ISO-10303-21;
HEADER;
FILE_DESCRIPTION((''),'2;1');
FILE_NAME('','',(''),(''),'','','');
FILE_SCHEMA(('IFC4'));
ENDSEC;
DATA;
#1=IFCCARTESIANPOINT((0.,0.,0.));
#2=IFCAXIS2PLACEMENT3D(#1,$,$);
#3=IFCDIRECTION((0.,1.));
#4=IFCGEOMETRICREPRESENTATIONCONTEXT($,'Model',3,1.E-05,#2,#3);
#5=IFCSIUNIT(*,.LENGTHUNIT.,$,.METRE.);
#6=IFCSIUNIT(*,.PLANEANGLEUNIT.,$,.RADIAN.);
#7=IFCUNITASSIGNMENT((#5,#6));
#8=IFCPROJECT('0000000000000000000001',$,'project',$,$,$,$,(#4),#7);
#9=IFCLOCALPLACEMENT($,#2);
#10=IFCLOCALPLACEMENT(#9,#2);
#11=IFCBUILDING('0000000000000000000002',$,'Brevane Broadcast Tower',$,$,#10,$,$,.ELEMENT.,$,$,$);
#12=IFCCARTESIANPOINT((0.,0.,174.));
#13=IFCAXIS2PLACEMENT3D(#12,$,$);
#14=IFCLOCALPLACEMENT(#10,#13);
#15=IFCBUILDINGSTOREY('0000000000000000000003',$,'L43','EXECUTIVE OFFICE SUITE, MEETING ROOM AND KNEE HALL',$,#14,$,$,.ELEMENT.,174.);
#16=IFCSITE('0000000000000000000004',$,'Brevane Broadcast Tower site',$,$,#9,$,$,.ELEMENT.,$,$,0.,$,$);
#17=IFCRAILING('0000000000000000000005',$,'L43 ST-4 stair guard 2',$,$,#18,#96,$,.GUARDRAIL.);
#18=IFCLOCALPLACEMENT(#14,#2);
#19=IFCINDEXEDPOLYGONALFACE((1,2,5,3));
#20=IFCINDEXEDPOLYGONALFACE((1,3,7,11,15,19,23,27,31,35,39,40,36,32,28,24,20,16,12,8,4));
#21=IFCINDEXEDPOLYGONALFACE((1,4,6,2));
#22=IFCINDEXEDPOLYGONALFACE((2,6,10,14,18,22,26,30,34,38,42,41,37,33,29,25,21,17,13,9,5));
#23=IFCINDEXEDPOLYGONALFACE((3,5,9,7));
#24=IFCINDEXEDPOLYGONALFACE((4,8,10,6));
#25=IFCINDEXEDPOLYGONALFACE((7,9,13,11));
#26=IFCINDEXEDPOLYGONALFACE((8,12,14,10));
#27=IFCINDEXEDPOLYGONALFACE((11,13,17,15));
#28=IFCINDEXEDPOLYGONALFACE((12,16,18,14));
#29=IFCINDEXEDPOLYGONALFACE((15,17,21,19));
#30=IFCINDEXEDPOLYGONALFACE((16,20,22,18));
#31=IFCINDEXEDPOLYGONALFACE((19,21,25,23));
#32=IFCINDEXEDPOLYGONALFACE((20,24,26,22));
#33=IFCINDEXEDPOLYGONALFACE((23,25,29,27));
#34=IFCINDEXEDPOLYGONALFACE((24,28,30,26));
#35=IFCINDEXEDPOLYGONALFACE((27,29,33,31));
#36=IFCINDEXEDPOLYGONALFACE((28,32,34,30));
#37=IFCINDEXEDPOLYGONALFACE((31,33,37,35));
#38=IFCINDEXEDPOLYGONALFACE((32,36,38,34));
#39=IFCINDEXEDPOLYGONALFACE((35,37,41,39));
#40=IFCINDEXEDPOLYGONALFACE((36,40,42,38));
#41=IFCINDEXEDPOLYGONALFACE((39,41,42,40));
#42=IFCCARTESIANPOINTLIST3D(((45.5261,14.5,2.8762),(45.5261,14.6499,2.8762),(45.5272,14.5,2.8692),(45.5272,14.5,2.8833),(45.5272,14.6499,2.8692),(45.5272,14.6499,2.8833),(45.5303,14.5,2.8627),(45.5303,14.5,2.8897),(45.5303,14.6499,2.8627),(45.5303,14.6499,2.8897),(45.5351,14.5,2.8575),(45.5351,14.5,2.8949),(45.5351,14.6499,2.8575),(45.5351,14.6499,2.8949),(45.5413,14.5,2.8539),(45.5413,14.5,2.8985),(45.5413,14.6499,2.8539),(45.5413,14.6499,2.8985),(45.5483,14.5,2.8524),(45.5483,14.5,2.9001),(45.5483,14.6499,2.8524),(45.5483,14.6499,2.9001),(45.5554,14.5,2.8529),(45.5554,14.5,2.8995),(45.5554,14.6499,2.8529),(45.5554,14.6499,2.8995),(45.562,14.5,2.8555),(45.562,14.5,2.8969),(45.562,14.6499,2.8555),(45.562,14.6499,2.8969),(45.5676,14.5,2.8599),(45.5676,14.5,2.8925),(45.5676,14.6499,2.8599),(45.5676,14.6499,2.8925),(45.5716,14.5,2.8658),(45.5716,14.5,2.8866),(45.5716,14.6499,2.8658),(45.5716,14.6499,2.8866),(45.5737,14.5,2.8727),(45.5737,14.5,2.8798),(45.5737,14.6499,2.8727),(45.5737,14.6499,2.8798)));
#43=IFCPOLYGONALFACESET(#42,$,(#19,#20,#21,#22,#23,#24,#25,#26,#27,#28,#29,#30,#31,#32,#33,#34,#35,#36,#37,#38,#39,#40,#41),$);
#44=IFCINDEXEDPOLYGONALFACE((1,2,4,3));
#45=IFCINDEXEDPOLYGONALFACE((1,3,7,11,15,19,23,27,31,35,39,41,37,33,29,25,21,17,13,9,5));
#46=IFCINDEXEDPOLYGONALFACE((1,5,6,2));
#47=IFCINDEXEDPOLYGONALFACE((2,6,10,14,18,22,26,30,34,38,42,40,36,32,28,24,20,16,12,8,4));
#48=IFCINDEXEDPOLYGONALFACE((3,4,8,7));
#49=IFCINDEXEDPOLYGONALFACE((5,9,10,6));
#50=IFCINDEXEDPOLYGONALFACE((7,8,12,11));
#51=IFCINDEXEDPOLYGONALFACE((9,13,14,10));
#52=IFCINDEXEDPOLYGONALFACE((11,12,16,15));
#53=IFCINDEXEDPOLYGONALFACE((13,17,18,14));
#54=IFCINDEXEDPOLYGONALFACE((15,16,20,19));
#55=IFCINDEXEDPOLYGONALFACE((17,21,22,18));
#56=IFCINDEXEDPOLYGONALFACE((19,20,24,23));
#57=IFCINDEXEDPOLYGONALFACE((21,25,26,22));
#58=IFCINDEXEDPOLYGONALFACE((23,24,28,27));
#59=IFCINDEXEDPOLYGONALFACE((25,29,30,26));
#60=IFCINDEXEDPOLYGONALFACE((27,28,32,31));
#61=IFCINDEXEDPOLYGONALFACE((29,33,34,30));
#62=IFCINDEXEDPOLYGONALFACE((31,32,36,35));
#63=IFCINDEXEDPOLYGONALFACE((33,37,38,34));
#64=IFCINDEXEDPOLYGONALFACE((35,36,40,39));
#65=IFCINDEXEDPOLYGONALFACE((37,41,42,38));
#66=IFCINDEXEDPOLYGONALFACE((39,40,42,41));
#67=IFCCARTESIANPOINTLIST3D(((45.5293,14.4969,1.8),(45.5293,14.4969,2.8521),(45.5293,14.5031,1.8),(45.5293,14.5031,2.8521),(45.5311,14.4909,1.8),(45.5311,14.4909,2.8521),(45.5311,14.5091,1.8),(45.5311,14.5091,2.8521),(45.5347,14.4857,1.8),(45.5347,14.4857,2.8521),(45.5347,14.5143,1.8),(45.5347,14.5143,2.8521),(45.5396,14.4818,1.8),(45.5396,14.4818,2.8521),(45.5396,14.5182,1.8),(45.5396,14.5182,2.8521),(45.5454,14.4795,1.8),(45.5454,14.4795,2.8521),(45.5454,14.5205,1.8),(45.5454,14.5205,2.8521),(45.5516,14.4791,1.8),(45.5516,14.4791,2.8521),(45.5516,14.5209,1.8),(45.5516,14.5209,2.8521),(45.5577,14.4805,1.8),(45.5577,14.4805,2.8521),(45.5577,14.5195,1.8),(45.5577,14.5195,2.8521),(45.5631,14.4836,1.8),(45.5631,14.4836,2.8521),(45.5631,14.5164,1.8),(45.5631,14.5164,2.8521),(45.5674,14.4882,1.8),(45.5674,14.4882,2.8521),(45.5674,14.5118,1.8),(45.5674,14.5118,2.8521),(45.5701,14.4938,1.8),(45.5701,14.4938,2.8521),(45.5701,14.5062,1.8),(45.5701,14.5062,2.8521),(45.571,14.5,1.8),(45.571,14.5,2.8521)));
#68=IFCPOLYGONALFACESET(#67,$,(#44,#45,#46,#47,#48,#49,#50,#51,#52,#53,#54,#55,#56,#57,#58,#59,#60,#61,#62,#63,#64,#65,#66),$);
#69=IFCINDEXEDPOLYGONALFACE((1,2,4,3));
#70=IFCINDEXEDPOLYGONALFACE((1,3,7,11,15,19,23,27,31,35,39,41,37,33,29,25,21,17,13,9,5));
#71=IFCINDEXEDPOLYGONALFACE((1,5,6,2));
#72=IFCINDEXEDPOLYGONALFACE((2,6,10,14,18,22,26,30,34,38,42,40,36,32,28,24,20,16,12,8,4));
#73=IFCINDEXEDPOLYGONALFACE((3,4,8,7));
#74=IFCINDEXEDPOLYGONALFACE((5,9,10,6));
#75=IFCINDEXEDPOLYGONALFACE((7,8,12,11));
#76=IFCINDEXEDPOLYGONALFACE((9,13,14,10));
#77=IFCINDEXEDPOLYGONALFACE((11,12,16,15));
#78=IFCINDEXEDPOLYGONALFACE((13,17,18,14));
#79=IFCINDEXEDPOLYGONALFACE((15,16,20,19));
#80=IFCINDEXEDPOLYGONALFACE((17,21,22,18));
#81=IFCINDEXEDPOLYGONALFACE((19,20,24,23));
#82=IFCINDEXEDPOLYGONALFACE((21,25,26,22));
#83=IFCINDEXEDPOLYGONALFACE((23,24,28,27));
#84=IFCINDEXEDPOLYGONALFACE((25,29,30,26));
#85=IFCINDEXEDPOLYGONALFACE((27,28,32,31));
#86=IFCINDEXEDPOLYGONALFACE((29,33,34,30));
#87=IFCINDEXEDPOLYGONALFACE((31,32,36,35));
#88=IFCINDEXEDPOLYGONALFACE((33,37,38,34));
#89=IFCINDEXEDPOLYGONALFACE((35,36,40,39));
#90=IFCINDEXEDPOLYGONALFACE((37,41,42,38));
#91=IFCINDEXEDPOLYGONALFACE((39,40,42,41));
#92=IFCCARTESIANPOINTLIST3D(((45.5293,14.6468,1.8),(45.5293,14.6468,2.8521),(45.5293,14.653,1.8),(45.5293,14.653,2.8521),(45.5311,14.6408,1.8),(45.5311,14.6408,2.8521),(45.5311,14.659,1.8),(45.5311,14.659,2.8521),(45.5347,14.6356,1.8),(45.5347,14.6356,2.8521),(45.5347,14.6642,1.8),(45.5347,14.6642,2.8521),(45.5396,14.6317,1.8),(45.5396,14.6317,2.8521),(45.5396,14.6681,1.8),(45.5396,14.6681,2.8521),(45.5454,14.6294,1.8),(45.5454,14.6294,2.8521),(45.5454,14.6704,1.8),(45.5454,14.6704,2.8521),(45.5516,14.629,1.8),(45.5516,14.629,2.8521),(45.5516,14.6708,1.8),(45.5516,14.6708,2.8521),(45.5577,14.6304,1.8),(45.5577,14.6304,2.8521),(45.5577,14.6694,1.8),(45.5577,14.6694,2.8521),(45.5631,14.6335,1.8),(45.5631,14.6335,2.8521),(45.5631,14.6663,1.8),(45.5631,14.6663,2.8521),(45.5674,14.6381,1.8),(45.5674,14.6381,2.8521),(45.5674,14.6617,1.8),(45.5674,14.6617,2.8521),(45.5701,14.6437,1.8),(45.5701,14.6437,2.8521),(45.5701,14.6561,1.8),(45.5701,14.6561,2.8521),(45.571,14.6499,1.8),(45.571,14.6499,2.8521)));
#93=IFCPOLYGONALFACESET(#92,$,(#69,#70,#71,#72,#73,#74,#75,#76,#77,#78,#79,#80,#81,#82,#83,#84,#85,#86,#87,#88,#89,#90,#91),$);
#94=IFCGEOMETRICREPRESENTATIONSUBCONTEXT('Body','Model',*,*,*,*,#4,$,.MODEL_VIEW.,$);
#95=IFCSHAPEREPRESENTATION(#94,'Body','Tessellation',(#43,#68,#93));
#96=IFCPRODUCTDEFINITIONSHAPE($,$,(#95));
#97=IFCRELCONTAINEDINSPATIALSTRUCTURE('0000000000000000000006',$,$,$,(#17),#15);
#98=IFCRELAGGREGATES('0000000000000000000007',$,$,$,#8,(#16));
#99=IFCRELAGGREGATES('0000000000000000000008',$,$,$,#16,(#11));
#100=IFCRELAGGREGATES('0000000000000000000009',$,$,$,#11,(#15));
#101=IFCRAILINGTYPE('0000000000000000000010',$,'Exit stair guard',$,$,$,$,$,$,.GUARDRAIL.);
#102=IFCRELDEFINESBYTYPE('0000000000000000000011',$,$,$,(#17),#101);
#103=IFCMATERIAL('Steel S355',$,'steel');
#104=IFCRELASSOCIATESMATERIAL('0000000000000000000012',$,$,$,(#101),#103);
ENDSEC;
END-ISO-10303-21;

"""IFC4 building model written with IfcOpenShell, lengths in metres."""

from ifc_helpers import new_model, si_unit, direction, frame, origin, origin_2d, place, context, subcontext, project, spatial, circle, extrude, material, type_object, element, save


model = new_model("IFC4")

# Units and contexts
model_context = context("Model", 3, precision=1e-05, world=origin(), true_north=direction((0.0, 1.0)))
body_context = subcontext(model_context, "Body", "Model", "MODEL_VIEW")
ifc_project = project(units=[si_unit("LENGTHUNIT", "METRE"), si_unit("PLANEANGLEUNIT", "RADIAN")], contexts=[model_context])

# Site, building, storey
site_placement = place(None, origin())
site = spatial("IfcSite", under=ifc_project, at=site_placement, Name="Brevane Broadcast Tower site", CompositionType="ELEMENT", RefElevation=0.0)
building_placement = place(site_placement, origin())
building = spatial("IfcBuilding", under=site, at=building_placement, Name="Brevane Broadcast Tower", CompositionType="ELEMENT")
storey_placement = place(building_placement, frame((0.0, 0.0, 174.0)))
storey = spatial("IfcBuildingStorey", under=building, at=storey_placement, Name="L43", Description="EXECUTIVE OFFICE SUITE, MEETING ROOM AND KNEE HALL", CompositionType="ELEMENT", Elevation=174.0)

# Railing
ifc_material_1 = material(Name="Steel S355", Category="steel")
railing_type_1 = type_object("IfcRailingType", Name="Exit stair guard", PredefinedType="GUARDRAIL", material=ifc_material_1)
railing_1_placement = place(storey_placement, frame((45.55, 14.5, 1.8)))
element("IfcRailing", 1, at=railing_1_placement, inside=storey, type_object=railing_type_1, Name="L43 ST-4 stair guard 2", PredefinedType="GUARDRAIL", context=body_context, shape_type="SweptSolid", body=[
    extrude(circle(Radius=0.0239, at=origin_2d()), frame((0.0, 0.0, 1.0762), z_axis=(0.0, 1.0, 0.0), x_axis=(-1.0, 0.0, 0.0)), (0.0, 0.0, 1.0), 0.1499),
    extrude(circle(Radius=0.021, at=origin_2d()), origin(), (0.0, 0.0, 1.0), 1.052),
    extrude(circle(Radius=0.021, at=origin_2d()), frame((0.0, 0.1499, 0.0)), (0.0, 0.0, 1.0), 1.052),
])

save(model, "model.ifc")
